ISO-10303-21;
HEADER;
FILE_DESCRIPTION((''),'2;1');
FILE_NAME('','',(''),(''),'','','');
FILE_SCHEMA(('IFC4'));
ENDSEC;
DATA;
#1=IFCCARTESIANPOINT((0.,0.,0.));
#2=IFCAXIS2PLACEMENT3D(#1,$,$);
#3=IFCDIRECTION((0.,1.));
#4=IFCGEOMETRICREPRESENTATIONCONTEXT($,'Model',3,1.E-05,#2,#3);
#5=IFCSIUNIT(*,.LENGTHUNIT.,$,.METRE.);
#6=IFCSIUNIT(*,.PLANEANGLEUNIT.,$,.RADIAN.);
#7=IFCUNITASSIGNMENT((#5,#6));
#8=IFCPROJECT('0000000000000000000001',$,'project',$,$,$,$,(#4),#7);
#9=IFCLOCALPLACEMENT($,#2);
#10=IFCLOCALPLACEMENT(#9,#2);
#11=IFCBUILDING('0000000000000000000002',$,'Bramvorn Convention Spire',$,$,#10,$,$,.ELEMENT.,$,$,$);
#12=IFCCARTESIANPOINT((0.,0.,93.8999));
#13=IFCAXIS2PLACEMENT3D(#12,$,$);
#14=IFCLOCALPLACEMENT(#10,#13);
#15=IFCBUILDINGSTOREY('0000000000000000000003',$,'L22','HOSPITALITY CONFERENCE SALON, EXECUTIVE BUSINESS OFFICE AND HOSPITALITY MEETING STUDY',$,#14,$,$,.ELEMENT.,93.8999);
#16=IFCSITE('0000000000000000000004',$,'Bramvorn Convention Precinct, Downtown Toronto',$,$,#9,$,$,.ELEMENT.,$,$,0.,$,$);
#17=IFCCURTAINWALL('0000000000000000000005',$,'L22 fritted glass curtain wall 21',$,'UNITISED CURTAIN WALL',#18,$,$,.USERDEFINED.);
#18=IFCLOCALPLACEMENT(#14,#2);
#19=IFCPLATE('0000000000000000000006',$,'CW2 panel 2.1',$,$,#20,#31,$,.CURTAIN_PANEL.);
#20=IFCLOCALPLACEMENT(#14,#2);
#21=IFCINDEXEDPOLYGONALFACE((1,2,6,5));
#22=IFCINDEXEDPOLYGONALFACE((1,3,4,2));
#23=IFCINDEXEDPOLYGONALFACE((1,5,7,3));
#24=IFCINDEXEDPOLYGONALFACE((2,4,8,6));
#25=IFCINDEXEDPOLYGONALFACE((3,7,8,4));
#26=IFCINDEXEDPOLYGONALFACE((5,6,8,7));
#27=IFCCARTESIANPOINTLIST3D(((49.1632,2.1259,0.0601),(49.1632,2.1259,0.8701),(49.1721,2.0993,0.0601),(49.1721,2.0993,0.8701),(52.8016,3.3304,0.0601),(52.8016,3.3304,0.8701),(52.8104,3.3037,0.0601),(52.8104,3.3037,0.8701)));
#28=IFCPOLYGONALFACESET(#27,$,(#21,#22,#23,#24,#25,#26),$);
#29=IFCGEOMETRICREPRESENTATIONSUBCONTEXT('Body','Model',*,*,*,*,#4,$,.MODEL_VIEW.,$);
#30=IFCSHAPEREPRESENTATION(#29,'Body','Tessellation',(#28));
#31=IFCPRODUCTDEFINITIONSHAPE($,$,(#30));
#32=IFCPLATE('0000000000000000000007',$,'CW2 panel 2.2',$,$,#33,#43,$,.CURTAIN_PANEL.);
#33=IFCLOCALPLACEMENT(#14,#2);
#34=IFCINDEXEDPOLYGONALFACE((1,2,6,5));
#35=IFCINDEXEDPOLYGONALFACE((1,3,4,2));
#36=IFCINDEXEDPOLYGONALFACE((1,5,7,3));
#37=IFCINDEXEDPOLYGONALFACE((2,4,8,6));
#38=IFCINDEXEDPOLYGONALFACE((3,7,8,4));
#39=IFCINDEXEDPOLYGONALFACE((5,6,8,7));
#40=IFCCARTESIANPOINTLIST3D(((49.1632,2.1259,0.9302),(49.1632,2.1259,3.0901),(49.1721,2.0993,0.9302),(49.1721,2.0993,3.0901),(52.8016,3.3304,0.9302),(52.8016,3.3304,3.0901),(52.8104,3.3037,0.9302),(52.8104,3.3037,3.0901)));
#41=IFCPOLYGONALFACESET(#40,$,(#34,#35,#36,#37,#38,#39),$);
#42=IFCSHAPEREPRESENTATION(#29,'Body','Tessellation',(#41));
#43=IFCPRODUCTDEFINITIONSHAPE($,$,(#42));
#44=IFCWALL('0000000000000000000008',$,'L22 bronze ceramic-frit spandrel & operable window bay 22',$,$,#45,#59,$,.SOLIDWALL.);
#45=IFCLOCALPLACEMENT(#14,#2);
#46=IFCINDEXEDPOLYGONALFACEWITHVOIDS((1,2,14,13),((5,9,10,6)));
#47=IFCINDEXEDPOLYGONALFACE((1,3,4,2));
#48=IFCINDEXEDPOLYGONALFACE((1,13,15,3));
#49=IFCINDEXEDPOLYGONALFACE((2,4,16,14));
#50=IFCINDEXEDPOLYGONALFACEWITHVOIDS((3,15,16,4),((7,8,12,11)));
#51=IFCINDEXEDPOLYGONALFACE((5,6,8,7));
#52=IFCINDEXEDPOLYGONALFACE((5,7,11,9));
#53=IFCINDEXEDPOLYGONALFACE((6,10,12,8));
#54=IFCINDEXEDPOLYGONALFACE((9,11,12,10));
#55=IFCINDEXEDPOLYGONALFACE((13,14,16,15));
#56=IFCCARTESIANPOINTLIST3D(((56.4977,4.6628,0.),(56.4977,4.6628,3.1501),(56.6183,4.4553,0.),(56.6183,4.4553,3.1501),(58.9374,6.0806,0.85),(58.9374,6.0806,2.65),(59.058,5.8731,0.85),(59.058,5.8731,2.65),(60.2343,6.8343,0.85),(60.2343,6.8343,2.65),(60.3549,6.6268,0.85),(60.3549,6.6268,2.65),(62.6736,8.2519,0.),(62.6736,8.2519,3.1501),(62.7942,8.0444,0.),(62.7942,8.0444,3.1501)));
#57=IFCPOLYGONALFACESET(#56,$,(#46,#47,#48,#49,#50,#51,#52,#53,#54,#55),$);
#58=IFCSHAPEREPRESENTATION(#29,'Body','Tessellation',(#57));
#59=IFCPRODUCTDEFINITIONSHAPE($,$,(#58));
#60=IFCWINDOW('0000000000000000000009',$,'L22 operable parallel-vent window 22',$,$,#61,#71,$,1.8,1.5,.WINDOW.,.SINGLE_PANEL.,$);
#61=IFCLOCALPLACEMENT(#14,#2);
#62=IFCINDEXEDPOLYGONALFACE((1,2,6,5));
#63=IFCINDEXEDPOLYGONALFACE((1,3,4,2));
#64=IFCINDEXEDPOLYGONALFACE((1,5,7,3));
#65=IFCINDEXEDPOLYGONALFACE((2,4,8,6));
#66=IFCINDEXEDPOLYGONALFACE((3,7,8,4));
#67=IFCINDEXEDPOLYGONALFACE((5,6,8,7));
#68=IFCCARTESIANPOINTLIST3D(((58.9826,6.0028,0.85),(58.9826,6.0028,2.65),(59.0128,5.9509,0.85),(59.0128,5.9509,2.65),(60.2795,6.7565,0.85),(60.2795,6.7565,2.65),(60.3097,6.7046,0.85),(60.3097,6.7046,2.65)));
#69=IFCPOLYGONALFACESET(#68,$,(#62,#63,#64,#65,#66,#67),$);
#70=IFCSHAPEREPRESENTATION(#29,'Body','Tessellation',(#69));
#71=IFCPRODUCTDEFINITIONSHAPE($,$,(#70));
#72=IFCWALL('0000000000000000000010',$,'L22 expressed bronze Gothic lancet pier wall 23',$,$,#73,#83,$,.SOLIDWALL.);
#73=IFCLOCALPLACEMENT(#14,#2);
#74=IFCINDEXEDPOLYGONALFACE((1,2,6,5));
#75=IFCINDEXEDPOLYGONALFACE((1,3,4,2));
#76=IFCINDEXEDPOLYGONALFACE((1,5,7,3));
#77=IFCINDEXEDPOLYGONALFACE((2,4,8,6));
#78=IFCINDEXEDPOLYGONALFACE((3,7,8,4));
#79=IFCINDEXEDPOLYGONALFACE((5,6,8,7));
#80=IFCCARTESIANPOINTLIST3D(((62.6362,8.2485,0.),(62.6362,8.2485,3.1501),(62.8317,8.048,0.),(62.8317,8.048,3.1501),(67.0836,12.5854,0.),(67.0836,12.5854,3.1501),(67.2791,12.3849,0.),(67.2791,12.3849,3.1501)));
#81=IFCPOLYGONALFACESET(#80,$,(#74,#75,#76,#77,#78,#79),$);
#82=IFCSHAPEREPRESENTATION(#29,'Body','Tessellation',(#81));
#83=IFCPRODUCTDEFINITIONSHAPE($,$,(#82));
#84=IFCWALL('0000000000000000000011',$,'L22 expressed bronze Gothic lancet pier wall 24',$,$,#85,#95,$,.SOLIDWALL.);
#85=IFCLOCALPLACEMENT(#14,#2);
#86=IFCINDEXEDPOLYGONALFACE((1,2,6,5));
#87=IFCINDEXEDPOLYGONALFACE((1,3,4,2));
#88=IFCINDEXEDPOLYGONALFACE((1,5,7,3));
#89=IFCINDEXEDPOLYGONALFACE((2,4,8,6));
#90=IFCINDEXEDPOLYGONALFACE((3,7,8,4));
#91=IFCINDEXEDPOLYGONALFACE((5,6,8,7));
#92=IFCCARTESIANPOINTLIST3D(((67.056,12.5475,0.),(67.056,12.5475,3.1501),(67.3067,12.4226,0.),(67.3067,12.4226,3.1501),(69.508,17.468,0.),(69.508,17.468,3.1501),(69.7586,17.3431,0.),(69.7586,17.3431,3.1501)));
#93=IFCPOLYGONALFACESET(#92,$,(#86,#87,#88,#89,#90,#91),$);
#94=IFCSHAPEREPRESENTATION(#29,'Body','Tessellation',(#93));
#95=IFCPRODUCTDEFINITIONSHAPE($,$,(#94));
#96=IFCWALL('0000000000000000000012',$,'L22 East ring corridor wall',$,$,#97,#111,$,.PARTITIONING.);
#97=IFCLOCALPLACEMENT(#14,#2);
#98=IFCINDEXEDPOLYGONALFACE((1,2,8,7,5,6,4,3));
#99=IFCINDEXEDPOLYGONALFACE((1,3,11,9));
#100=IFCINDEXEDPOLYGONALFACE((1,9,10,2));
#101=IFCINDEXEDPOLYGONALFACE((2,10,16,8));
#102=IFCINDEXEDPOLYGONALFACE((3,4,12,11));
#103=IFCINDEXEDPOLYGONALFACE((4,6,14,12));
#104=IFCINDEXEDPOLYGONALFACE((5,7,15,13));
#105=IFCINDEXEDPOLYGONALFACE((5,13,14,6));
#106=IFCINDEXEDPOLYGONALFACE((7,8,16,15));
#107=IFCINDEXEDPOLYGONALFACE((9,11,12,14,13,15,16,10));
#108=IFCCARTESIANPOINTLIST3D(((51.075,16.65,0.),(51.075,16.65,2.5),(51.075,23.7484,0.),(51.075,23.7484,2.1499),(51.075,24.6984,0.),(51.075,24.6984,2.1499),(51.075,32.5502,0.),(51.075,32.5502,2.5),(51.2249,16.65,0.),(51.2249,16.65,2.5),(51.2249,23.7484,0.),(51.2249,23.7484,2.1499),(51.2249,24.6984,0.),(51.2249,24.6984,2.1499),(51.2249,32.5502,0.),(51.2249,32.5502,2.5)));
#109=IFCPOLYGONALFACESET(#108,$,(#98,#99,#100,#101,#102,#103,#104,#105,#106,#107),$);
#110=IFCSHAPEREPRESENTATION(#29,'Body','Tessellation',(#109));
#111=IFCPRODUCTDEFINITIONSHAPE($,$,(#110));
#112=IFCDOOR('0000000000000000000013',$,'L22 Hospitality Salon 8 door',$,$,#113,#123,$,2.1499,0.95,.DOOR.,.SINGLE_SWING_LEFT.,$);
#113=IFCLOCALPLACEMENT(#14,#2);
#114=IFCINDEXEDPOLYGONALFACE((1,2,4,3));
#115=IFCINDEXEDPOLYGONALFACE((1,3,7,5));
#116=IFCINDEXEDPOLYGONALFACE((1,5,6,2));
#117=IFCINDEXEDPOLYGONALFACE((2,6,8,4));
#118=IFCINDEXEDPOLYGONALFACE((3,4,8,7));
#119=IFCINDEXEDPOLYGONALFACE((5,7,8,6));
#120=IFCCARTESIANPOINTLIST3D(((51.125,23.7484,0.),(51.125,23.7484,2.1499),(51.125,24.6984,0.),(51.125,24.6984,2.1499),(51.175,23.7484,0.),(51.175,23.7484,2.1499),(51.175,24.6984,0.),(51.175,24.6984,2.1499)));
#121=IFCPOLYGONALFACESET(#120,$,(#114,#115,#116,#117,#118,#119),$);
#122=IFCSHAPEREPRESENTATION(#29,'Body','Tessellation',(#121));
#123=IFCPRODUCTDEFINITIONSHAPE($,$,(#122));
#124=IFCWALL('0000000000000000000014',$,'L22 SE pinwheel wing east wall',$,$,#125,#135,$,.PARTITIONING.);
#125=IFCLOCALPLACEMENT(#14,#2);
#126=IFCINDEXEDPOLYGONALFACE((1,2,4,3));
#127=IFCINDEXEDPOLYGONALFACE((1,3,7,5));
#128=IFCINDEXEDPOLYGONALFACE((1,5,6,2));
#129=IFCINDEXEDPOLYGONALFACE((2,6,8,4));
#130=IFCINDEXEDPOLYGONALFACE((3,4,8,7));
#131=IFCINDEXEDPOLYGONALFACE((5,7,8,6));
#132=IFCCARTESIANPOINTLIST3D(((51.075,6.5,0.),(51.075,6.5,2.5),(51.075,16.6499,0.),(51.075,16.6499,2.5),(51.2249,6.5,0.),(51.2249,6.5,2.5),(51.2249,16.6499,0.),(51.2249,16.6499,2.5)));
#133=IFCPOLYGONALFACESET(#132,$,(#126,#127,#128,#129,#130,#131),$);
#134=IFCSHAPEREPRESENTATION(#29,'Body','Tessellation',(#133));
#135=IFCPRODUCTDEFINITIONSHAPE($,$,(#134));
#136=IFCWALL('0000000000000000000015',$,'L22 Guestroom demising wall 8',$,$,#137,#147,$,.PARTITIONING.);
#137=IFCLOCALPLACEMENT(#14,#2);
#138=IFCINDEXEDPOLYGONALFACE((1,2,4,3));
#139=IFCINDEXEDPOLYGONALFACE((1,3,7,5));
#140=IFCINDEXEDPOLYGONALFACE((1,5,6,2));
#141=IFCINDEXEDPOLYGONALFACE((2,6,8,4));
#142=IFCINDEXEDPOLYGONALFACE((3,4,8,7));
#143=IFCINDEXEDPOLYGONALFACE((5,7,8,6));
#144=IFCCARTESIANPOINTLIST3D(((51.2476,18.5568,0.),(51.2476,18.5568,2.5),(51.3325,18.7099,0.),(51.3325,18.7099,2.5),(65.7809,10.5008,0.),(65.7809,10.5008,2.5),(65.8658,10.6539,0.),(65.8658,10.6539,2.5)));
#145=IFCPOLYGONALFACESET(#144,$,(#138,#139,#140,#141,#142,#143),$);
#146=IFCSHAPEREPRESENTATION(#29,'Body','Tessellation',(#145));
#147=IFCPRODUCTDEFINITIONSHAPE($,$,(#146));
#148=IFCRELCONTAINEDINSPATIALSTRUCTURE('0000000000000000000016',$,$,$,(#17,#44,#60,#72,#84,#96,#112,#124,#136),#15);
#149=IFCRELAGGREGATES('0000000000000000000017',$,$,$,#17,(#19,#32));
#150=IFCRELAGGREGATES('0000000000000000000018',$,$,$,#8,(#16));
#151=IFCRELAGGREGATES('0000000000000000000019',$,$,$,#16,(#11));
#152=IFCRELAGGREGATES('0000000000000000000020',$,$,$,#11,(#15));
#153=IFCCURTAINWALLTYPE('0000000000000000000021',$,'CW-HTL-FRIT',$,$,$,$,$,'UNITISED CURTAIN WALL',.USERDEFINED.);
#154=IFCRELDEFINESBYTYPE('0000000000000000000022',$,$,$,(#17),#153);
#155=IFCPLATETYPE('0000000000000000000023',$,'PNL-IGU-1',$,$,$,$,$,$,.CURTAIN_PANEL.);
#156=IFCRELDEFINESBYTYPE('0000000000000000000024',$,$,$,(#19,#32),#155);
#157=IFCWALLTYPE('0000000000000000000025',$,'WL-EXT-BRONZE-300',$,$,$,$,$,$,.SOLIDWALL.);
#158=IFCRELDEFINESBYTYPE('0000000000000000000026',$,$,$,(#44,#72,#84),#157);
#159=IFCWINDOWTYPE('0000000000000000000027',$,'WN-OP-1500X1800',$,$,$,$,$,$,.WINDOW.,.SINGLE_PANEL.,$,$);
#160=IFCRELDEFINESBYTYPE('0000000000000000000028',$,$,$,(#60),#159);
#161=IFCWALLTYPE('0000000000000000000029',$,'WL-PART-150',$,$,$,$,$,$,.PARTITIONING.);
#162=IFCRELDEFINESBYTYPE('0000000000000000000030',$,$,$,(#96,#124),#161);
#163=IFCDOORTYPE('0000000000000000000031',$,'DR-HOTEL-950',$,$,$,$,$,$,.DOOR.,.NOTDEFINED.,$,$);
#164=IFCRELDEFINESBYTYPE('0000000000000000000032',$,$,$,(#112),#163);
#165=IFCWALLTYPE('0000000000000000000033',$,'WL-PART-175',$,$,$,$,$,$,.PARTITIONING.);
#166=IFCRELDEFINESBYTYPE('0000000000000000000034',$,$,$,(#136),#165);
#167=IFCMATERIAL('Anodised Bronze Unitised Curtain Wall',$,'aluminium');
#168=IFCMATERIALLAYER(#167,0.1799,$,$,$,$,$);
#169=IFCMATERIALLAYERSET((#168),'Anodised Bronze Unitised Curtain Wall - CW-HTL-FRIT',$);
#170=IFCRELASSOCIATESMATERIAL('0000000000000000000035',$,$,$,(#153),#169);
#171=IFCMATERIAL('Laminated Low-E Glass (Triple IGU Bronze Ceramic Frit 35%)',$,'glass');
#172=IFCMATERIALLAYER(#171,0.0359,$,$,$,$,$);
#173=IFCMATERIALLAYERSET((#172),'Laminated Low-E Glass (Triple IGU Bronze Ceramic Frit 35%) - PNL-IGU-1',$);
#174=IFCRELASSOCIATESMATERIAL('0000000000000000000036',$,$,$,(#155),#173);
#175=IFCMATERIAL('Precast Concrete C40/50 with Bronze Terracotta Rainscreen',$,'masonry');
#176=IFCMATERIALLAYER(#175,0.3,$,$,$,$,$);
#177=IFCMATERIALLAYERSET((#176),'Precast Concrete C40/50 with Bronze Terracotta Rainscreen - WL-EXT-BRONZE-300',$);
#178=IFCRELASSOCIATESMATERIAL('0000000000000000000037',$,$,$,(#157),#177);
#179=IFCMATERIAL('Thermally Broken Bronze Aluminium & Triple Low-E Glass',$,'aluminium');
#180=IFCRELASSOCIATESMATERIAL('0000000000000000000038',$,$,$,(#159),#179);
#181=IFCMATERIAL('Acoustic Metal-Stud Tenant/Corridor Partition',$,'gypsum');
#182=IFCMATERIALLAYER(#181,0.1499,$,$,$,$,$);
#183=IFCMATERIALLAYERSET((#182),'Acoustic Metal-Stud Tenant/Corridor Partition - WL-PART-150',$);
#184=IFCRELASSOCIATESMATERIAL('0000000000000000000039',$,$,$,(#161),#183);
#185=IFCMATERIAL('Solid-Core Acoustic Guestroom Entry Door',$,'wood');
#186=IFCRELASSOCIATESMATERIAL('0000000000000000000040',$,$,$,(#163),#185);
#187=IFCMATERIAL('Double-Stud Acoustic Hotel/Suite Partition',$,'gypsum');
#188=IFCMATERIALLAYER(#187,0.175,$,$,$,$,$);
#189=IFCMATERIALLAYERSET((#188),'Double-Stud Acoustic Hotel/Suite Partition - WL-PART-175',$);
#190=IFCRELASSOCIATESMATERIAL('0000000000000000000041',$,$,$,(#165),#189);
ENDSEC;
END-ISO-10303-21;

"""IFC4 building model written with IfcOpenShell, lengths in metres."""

from ifc_helpers import new_model, si_unit, direction, frame, frame_2d, origin, origin_2d, place, context, subcontext, project, spatial, rectangle, extrude, material, layer, layer_set, type_object, element, fill, aggregate, save


model = new_model("IFC4")

# Units and contexts
model_context = context("Model", 3, precision=1e-05, world=origin(), true_north=direction((0.0, 1.0)))
body_context = subcontext(model_context, "Body", "Model", "MODEL_VIEW")
ifc_project = project(units=[si_unit("LENGTHUNIT", "METRE"), si_unit("PLANEANGLEUNIT", "RADIAN")], contexts=[model_context])

# Site, building, storey
site_placement = place(None, origin())
site = spatial("IfcSite", under=ifc_project, at=site_placement, Name="Bramvorn Convention Precinct, Downtown Toronto", CompositionType="ELEMENT", RefElevation=0.0)
building_placement = place(site_placement, origin())
building = spatial("IfcBuilding", under=site, at=building_placement, Name="Bramvorn Convention Spire", CompositionType="ELEMENT")
storey_placement = place(building_placement, frame((0.0, 0.0, 93.8999)))
storey = spatial("IfcBuildingStorey", under=building, at=storey_placement, Name="L22", Description="HOSPITALITY CONFERENCE SALON, EXECUTIVE BUSINESS OFFICE AND HOSPITALITY MEETING STUDY", CompositionType="ELEMENT", Elevation=93.8999)

# Curtain wall
ifc_material_1 = material(Name="Anodised Bronze Unitised Curtain Wall", Category="aluminium")
ifc_layer_1 = layer(ifc_material_1, 0.1799)
ifc_layer_set_1 = layer_set([ifc_layer_1], Name="Anodised Bronze Unitised Curtain Wall - CW-HTL-FRIT")
curtain_wall_type = type_object("IfcCurtainWallType", Name="CW-HTL-FRIT", ElementType="UNITISED CURTAIN WALL", PredefinedType="USERDEFINED", material=ifc_layer_set_1)
curtain_wall_placement = place(storey_placement, origin())
curtain_wall = element("IfcCurtainWall", 1, at=curtain_wall_placement, inside=storey, type_object=curtain_wall_type, Name="L22 fritted glass curtain wall 21", ObjectType="UNITISED CURTAIN WALL", PredefinedType="USERDEFINED")

# Plates
ifc_material_2 = material(Name="Laminated Low-E Glass (Triple IGU Bronze Ceramic Frit 35%)", Category="glass")
ifc_layer_2 = layer(ifc_material_2, 0.0359)
ifc_layer_set_2 = layer_set([ifc_layer_2], Name="Laminated Low-E Glass (Triple IGU Bronze Ceramic Frit 35%) - PNL-IGU-1")
plate_type = type_object("IfcPlateType", Name="PNL-IGU-1", PredefinedType="CURTAIN_PANEL", material=ifc_layer_set_2)
plate_1_placement = place(storey_placement, frame((50.9868, 2.7148, 0.0601), z_axis=(0.0, 0.0, 1.0), x_axis=(-0.949334, -0.314269, 0.0)))
plate_1 = element("IfcPlate", 2, at=plate_1_placement, type_object=plate_type, Name="CW2 panel 2.1", PredefinedType="CURTAIN_PANEL", context=body_context, shape_type="SweptSolid", body=[
    extrude(rectangle(XDim=3.8325, YDim=0.0281, at=origin_2d()), origin(), (0.0, 0.0, 1.0), 0.8101),
])
plate_2_placement = place(storey_placement, frame((50.9868, 2.7148, 0.9302), z_axis=(0.0, 0.0, 1.0), x_axis=(-0.949334, -0.314269, 0.0)))
plate_2 = element("IfcPlate", 3, at=plate_2_placement, type_object=plate_type, Name="CW2 panel 2.2", PredefinedType="CURTAIN_PANEL", context=body_context, shape_type="SweptSolid", body=[
    extrude(rectangle(XDim=3.8325, YDim=0.0281, at=origin_2d()), origin(), (0.0, 0.0, 1.0), 2.1599),
])
aggregate(curtain_wall, [plate_1, plate_2])

# Wall, opening, window
ifc_material_3 = material(Name="Precast Concrete C40/50 with Bronze Terracotta Rainscreen", Category="masonry")
ifc_layer_3 = layer(ifc_material_3, 0.3)
ifc_layer_set_3 = layer_set([ifc_layer_3], Name="Precast Concrete C40/50 with Bronze Terracotta Rainscreen - WL-EXT-BRONZE-300")
wall_type_1 = type_object("IfcWallType", Name="WL-EXT-BRONZE-300", PredefinedType="SOLIDWALL", material=ifc_layer_set_3)
wall_1_placement = place(storey_placement, frame((62.7339, 8.1482, 0.0), z_axis=(0.0, 0.0, 1.0), x_axis=(-0.864596, -0.502468, 0.0)))
wall_1 = element("IfcWall", 4, at=wall_1_placement, inside=storey, type_object=wall_type_1, Name="L22 bronze ceramic-frit spandrel & operable window bay 22", PredefinedType="SOLIDWALL", context=body_context, shape_type="SweptSolid", body=[
    extrude(rectangle(XDim=7.1431, YDim=0.24, at=frame_2d((3.5715, 0.0))), origin(), (0.0, 0.0, 1.0), 3.1501),
])
opening_1_placement = place(wall_1_placement, frame((2.8213, 0.0, 0.8501)))
opening_1 = element("IfcOpeningElement", 5, at=opening_1_placement, cuts=wall_1, PredefinedType="OPENING", context=body_context, shape_type="SweptSolid", body=[
    extrude(rectangle(XDim=1.5, YDim=1.8, at=frame_2d((0.75, 0.8999))), frame((0.0, 0.1299, 0.0), z_axis=(0.0, -1.0, 0.0), x_axis=(1.0, 0.0, 0.0)), (0.0, 0.0, 1.0), 0.26),
])
ifc_material_4 = material(Name="Thermally Broken Bronze Aluminium & Triple Low-E Glass", Category="aluminium")
window_type = type_object("IfcWindowType", Name="WN-OP-1500X1800", PartitioningType="SINGLE_PANEL", PredefinedType="WINDOW", material=ifc_material_4)
window_placement = place(opening_1_placement, origin())
window = element("IfcWindow", 6, at=window_placement, inside=storey, type_object=window_type, Name="L22 operable parallel-vent window 22", OverallHeight=1.8, OverallWidth=1.5, PartitioningType="SINGLE_PANEL", PredefinedType="WINDOW", context=body_context, shape_type="SweptSolid", body=[
    extrude(rectangle(XDim=1.5, YDim=1.8, at=frame_2d((0.75, 0.8999))), frame((0.0, 0.03, 0.0), z_axis=(0.0, -1.0, 0.0), x_axis=(1.0, 0.0, 0.0)), (0.0, 0.0, 1.0), 0.0601),
])
fill(opening_1, window)

# Walls
wall_2_placement = place(storey_placement, frame((67.1814, 12.4851, 0.0), z_axis=(0.0, 0.0, 1.0), x_axis=(-0.715953, -0.698149, 0.0)))
element("IfcWall", 7, at=wall_2_placement, inside=storey, type_object=wall_type_1, Name="L22 expressed bronze Gothic lancet pier wall 23", PredefinedType="SOLIDWALL", context=body_context, shape_type="SweptSolid", body=[
    extrude(rectangle(XDim=6.2119, YDim=0.28, at=frame_2d((3.106, 0.0))), origin(), (0.0, 0.0, 1.0), 3.1501),
])
wall_3_placement = place(storey_placement, frame((69.6333, 17.4055, 0.0), z_axis=(0.0, 0.0, 1.0), x_axis=(-0.446005, -0.89503, 0.0)))
element("IfcWall", 8, at=wall_3_placement, inside=storey, type_object=wall_type_1, Name="L22 expressed bronze Gothic lancet pier wall 24", PredefinedType="SOLIDWALL", context=body_context, shape_type="SweptSolid", body=[
    extrude(rectangle(XDim=5.4976, YDim=0.28, at=frame_2d((2.7488, 0.0))), origin(), (0.0, 0.0, 1.0), 3.1501),
])

# Wall, opening, door
ifc_material_5 = material(Name="Acoustic Metal-Stud Tenant/Corridor Partition", Category="gypsum")
ifc_layer_4 = layer(ifc_material_5, 0.1499)
ifc_layer_set_4 = layer_set([ifc_layer_4], Name="Acoustic Metal-Stud Tenant/Corridor Partition - WL-PART-150")
wall_type_2 = type_object("IfcWallType", Name="WL-PART-150", PredefinedType="PARTITIONING", material=ifc_layer_set_4)
wall_4_placement = place(storey_placement, frame((51.1499, 16.6499, 0.0), z_axis=(0.0, 0.0, 1.0), x_axis=(0.0, 1.0, 0.0)))
wall_4 = element("IfcWall", 9, at=wall_4_placement, inside=storey, type_object=wall_type_2, Name="L22 East ring corridor wall", PredefinedType="PARTITIONING", context=body_context, shape_type="SweptSolid", body=[
    extrude(rectangle(XDim=15.9001, YDim=0.1499, at=frame_2d((7.9502, 0.0))), origin(), (0.0, 0.0, 1.0), 2.5),
])
opening_2_placement = place(wall_4_placement, frame((7.0984, 0.0, 0.0)))
opening_2 = element("IfcOpeningElement", 10, at=opening_2_placement, cuts=wall_4, PredefinedType="OPENING", context=body_context, shape_type="SweptSolid", body=[
    extrude(rectangle(XDim=0.95, YDim=2.1499, at=frame_2d((0.4751, 1.075))), frame((0.0, 0.085, 0.0), z_axis=(0.0, -1.0, 0.0), x_axis=(1.0, 0.0, 0.0)), (0.0, 0.0, 1.0), 0.1699),
])
ifc_material_6 = material(Name="Solid-Core Acoustic Guestroom Entry Door", Category="wood")
door_type = type_object("IfcDoorType", Name="DR-HOTEL-950", OperationType="NOTDEFINED", PredefinedType="DOOR", material=ifc_material_6)
door_placement = place(opening_2_placement, origin())
door = element("IfcDoor", 11, at=door_placement, inside=storey, type_object=door_type, Name="L22 Hospitality Salon 8 door", OperationType="SINGLE_SWING_LEFT", OverallHeight=2.1499, OverallWidth=0.95, PredefinedType="DOOR", context=body_context, shape_type="SweptSolid", body=[
    extrude(rectangle(XDim=0.95, YDim=2.1499, at=frame_2d((0.4751, 1.075))), frame((0.0, 0.0249, 0.0), z_axis=(0.0, -1.0, 0.0), x_axis=(1.0, 0.0, 0.0)), (0.0, 0.0, 1.0), 0.05),
])
fill(opening_2, door)

# Walls
wall_5_placement = place(storey_placement, frame((51.1499, 6.5, 0.0), z_axis=(0.0, 0.0, 1.0), x_axis=(0.0, 1.0, 0.0)))
element("IfcWall", 12, at=wall_5_placement, inside=storey, type_object=wall_type_2, Name="L22 SE pinwheel wing east wall", PredefinedType="PARTITIONING", context=body_context, shape_type="SweptSolid", body=[
    extrude(rectangle(XDim=10.1499, YDim=0.1499, at=frame_2d((5.075, 0.0))), origin(), (0.0, 0.0, 1.0), 2.5),
])
ifc_material_7 = material(Name="Double-Stud Acoustic Hotel/Suite Partition", Category="gypsum")
ifc_layer_5 = layer(ifc_material_7, 0.175)
ifc_layer_set_5 = layer_set([ifc_layer_5], Name="Double-Stud Acoustic Hotel/Suite Partition - WL-PART-175")
wall_type_3 = type_object("IfcWallType", Name="WL-PART-175", PredefinedType="PARTITIONING", material=ifc_layer_set_5)
wall_6_placement = place(storey_placement, frame((51.29, 18.6333, 0.0), z_axis=(0.0, 0.0, 1.0), x_axis=(0.874619, -0.484811, 0.0)))
element("IfcWall", 13, at=wall_6_placement, inside=storey, type_object=wall_type_3, Name="L22 Guestroom demising wall 8", PredefinedType="PARTITIONING", context=body_context, shape_type="SweptSolid", body=[
    extrude(rectangle(XDim=16.6167, YDim=0.175, at=frame_2d((8.3083, 0.0))), origin(), (0.0, 0.0, 1.0), 2.5),
])

save(model, "model.ifc")
